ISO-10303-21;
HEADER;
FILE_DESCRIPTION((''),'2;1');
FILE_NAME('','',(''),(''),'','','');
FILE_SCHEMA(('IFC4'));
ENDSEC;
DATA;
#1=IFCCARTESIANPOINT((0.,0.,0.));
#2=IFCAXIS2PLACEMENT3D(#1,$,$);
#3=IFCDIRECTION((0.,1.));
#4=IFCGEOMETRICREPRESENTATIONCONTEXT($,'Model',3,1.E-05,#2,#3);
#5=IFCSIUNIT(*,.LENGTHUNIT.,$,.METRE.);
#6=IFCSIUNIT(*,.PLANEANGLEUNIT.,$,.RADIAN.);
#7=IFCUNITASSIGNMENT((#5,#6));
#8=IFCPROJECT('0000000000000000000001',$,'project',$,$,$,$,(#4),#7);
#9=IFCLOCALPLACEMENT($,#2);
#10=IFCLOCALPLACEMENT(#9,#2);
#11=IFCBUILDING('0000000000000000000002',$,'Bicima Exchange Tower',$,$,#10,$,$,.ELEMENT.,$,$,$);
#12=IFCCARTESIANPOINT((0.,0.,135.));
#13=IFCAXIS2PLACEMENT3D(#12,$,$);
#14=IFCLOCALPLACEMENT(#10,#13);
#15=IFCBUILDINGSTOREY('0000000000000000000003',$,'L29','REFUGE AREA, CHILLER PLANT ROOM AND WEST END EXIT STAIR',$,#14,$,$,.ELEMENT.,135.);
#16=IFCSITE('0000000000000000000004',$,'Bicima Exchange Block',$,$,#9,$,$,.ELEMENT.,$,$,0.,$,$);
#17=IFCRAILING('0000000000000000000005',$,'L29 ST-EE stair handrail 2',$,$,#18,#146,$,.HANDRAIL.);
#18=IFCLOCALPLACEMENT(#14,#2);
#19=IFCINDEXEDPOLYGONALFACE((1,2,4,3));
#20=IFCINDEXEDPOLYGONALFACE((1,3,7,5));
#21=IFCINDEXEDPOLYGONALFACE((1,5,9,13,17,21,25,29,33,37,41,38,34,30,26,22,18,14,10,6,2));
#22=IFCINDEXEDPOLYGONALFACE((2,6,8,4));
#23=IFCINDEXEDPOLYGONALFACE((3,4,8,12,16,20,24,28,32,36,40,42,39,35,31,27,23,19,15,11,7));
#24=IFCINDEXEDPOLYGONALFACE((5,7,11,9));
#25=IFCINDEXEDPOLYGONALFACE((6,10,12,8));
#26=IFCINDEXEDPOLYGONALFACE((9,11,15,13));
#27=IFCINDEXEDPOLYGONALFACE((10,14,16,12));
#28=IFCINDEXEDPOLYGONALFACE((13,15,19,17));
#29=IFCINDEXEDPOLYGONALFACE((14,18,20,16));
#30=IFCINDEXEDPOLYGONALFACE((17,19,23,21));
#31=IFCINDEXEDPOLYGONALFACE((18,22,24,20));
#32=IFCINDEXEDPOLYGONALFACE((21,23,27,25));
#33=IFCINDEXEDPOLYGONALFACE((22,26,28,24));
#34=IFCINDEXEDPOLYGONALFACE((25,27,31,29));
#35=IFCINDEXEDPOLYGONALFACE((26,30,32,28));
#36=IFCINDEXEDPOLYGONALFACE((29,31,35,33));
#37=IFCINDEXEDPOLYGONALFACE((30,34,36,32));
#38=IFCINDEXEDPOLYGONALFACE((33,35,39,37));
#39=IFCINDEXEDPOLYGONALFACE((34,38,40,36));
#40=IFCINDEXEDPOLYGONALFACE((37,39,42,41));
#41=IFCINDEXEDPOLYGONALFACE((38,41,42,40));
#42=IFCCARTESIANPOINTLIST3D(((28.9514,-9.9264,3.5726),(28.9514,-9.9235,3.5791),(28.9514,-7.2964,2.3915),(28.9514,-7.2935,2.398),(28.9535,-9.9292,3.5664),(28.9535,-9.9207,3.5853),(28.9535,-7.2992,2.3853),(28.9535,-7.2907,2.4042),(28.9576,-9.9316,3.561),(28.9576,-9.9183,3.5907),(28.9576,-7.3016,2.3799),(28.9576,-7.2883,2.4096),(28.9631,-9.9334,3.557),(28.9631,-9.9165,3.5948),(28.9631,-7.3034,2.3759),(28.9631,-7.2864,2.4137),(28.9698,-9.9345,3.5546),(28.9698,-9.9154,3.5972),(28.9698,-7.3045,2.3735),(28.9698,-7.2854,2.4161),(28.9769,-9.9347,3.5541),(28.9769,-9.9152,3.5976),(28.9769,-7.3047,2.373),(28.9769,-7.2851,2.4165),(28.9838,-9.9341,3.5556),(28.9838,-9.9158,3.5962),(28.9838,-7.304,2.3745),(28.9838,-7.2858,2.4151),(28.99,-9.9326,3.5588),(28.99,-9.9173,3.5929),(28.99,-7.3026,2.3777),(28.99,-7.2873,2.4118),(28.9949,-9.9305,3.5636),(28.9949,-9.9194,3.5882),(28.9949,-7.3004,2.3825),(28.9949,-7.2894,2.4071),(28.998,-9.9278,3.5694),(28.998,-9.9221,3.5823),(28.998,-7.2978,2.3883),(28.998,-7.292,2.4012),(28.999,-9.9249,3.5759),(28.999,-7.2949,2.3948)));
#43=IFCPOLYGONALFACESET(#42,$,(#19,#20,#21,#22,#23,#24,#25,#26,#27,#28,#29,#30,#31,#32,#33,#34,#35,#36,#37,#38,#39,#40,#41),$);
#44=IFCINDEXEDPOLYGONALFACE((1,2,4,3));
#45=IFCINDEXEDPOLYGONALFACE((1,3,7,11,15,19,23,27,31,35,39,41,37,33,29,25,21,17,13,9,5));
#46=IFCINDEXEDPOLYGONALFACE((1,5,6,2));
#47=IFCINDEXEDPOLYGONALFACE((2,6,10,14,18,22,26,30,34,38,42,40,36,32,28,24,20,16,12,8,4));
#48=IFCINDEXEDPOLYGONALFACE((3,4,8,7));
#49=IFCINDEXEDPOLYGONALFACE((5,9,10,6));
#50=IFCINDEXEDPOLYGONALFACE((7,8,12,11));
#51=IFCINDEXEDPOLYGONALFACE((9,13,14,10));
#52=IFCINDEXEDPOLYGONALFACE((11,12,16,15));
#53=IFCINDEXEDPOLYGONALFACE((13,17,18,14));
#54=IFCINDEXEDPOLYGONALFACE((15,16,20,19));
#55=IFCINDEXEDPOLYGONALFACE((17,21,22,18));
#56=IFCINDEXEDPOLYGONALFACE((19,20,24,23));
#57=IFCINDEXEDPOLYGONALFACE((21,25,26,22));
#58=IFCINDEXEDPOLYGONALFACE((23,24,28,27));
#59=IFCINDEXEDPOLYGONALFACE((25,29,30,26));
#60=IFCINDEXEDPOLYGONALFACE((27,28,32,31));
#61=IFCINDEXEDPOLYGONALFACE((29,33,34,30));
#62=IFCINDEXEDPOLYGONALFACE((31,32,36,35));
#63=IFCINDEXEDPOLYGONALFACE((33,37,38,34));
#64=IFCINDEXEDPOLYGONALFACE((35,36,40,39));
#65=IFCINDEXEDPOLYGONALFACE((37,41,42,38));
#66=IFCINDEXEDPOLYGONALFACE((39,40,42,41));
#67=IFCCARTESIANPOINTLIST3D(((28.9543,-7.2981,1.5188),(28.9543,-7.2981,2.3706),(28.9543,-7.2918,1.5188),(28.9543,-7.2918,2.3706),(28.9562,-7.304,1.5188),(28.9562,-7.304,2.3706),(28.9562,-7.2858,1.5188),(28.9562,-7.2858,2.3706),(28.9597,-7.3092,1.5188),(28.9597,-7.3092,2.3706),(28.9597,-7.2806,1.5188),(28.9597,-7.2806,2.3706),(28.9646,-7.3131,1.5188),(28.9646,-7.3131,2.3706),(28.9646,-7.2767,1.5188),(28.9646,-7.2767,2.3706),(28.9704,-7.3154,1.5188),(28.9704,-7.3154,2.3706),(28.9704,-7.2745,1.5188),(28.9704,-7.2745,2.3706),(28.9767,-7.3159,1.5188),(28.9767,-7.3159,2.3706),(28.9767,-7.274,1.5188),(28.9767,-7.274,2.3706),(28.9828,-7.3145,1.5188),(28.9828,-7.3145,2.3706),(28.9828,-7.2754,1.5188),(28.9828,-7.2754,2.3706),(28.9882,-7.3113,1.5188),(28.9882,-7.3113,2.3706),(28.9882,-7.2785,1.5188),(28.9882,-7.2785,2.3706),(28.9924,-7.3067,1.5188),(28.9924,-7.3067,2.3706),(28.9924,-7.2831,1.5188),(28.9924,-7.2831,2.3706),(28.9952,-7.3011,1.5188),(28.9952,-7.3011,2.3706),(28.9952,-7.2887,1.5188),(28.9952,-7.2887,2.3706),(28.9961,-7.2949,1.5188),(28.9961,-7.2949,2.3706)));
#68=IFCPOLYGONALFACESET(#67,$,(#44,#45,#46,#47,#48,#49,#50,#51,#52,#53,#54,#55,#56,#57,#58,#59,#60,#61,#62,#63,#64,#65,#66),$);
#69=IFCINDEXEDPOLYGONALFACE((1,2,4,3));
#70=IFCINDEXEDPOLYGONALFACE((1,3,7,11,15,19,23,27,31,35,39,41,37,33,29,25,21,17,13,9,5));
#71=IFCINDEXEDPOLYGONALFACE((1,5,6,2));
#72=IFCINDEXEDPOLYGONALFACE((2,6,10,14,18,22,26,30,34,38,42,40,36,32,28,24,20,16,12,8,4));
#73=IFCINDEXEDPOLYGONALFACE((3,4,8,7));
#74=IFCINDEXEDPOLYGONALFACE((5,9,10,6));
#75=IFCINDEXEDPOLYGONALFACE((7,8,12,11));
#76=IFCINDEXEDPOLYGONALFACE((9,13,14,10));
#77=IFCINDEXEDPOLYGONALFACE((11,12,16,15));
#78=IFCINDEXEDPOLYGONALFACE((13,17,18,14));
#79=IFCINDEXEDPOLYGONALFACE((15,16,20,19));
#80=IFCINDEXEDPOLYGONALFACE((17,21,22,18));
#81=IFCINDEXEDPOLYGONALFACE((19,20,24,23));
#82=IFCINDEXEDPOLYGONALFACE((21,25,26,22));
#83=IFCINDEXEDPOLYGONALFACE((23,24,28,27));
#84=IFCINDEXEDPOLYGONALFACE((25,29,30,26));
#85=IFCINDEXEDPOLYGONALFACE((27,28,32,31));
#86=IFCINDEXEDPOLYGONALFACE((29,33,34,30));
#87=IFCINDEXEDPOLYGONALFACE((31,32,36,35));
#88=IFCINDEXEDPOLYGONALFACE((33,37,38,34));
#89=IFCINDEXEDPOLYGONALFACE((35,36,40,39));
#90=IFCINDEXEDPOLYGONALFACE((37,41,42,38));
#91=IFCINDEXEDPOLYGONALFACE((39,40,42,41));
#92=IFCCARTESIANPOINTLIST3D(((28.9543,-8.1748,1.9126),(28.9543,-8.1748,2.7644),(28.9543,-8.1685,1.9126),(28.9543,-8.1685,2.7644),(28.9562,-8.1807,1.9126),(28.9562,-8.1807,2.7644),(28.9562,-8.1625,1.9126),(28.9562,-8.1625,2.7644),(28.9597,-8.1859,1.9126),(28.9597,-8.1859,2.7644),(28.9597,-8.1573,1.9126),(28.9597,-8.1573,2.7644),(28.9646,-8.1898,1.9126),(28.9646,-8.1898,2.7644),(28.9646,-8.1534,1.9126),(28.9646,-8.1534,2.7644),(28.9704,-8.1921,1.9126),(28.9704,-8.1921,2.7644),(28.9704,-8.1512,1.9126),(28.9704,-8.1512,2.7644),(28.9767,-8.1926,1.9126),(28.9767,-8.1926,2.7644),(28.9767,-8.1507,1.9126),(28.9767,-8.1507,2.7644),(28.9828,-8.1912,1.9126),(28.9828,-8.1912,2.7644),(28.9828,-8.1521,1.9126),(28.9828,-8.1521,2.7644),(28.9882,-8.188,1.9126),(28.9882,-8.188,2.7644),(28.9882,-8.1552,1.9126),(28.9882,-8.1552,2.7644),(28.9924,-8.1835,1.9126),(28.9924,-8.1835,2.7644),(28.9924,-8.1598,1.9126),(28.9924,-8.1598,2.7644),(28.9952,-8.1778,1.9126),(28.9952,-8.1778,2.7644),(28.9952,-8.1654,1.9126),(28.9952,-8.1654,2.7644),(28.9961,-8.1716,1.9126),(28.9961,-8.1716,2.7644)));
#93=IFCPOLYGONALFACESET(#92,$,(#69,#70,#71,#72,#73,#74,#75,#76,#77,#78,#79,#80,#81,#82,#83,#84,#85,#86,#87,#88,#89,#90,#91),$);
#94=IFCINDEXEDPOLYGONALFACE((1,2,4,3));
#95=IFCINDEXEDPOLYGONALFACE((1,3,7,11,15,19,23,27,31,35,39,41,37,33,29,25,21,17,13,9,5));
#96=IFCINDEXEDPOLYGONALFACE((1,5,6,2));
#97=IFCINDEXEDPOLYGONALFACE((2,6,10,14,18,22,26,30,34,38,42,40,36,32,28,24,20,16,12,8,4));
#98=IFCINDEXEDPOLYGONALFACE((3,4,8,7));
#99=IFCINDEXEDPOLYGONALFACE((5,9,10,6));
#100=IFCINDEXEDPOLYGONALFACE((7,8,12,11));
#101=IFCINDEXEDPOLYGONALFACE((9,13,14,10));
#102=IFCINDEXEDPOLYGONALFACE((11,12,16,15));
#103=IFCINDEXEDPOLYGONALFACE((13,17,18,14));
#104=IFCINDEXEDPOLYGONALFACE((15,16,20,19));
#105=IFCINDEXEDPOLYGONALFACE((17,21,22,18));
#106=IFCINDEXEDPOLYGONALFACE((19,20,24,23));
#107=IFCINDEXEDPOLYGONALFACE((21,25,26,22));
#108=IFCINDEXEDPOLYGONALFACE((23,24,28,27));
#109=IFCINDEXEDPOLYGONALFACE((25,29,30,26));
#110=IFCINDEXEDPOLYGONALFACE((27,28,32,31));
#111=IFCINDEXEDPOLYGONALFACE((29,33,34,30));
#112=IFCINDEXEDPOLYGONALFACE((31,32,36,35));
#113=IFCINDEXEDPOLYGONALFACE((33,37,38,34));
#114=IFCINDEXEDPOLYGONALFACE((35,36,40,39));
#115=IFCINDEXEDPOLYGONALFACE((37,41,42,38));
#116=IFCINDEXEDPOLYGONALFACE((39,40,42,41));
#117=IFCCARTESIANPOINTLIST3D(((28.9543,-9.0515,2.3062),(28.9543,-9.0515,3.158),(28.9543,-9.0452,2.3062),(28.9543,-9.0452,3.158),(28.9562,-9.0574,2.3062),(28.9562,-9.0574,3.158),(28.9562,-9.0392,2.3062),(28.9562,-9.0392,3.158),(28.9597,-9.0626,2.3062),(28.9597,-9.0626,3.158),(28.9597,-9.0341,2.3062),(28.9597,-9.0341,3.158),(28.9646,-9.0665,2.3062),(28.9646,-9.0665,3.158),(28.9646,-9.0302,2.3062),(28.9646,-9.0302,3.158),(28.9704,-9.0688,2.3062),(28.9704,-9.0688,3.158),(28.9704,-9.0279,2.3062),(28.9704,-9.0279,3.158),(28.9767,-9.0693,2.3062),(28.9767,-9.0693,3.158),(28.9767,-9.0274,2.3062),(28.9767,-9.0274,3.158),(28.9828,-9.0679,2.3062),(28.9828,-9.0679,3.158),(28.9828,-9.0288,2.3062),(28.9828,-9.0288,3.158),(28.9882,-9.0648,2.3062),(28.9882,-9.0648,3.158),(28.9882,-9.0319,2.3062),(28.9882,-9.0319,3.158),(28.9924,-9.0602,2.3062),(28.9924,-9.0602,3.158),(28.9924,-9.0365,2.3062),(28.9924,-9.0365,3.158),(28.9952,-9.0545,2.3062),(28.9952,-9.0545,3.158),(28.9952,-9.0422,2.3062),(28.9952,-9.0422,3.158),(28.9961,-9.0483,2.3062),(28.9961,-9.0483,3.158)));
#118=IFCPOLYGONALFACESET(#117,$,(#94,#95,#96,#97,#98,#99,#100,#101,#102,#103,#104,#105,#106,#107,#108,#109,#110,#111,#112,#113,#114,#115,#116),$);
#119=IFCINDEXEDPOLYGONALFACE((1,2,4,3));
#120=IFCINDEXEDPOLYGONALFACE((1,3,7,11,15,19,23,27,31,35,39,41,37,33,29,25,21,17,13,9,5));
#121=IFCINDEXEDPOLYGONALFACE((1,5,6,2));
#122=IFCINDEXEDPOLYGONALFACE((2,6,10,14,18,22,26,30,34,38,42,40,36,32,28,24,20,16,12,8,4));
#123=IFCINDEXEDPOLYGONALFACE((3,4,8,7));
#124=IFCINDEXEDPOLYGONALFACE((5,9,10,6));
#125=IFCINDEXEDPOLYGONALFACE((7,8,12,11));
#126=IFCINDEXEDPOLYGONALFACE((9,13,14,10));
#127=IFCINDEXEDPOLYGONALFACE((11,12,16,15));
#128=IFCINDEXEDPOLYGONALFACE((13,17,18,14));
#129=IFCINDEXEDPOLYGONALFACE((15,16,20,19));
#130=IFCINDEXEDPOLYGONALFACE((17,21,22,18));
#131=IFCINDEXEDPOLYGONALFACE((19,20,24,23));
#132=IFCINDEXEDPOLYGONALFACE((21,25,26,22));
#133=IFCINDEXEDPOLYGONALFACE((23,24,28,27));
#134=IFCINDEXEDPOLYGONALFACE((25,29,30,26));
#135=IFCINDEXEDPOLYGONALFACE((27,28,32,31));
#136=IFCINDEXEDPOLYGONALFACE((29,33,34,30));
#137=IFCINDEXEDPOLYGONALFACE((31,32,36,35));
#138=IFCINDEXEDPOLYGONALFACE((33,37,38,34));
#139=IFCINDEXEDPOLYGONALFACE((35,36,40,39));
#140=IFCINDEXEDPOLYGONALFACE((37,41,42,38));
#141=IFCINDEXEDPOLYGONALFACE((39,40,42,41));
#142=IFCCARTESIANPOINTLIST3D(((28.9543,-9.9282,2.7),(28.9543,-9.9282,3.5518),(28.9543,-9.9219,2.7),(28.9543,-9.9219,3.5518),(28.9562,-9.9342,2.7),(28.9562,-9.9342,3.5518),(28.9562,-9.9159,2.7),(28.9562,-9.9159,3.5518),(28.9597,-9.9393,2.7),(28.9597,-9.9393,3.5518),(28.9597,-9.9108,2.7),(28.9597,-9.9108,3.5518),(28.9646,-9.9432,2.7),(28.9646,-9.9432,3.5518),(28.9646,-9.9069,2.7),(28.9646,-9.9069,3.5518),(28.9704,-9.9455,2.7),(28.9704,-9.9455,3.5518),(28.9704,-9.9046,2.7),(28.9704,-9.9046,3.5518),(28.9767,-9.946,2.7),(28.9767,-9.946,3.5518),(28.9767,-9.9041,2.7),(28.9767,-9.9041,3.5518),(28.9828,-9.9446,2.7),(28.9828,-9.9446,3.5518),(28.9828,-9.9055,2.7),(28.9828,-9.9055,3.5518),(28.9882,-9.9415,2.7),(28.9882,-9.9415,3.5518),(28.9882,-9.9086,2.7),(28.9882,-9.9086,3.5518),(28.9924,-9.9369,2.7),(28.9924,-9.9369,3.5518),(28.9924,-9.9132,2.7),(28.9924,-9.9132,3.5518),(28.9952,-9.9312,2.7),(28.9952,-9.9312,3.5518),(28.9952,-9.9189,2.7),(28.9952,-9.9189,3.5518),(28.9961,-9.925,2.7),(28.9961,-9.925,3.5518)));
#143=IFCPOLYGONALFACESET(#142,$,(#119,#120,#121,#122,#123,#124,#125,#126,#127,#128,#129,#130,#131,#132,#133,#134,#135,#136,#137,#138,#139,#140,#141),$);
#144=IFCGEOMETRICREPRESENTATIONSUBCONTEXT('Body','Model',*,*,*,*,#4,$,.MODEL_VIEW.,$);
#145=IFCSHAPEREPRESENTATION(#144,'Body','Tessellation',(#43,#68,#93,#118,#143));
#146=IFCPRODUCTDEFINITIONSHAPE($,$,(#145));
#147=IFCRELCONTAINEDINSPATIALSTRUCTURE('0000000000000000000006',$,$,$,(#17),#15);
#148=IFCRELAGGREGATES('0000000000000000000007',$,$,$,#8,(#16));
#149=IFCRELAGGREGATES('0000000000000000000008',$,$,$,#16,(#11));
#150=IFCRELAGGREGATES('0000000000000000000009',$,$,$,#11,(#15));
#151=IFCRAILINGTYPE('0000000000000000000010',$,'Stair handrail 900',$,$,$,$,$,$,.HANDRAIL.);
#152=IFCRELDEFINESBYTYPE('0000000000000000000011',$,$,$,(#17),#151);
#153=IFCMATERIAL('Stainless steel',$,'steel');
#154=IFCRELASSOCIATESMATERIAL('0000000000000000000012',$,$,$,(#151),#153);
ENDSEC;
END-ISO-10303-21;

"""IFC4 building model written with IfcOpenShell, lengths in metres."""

from ifc_helpers import new_model, si_unit, direction, frame, origin, origin_2d, place, context, subcontext, project, spatial, circle, extrude, material, type_object, element, save


model = new_model("IFC4")

# Units and contexts
model_context = context("Model", 3, precision=1e-05, world=origin(), true_north=direction((0.0, 1.0)))
body_context = subcontext(model_context, "Body", "Model", "MODEL_VIEW")
ifc_project = project(units=[si_unit("LENGTHUNIT", "METRE"), si_unit("PLANEANGLEUNIT", "RADIAN")], contexts=[model_context])

# Site, building, storey
site_placement = place(None, origin())
site = spatial("IfcSite", under=ifc_project, at=site_placement, Name="Bicima Exchange Block", CompositionType="ELEMENT", RefElevation=0.0)
building_placement = place(site_placement, origin())
building = spatial("IfcBuilding", under=site, at=building_placement, Name="Bicima Exchange Tower", CompositionType="ELEMENT")
storey_placement = place(building_placement, frame((0.0, 0.0, 135.0)))
storey = spatial("IfcBuildingStorey", under=building, at=storey_placement, Name="L29", Description="REFUGE AREA, CHILLER PLANT ROOM AND WEST END EXIT STAIR", CompositionType="ELEMENT", Elevation=135.0)

# Railing
ifc_material_1 = material(Name="Stainless steel", Category="steel")
railing_type_1 = type_object("IfcRailingType", Name="Stair handrail 900", PredefinedType="HANDRAIL", material=ifc_material_1)
railing_1_placement = place(storey_placement, frame((28.9751, -7.2949, 1.5188)))
element("IfcRailing", 1, at=railing_1_placement, inside=storey, type_object=railing_type_1, Name="L29 ST-EE stair handrail 2", PredefinedType="HANDRAIL", context=body_context, shape_type="SweptSolid", body=[
    extrude(circle(Radius=0.0239, at=origin_2d()), frame((0.0, 0.0, 0.876), z_axis=(0.0, -0.912233, 0.409671), x_axis=(1.0, 0.0, 0.0)), (0.0, 0.0, 1.0), 2.8831),
    extrude(circle(Radius=0.021, at=origin_2d()), origin(), (0.0, 0.0, 1.0), 0.8518),
    extrude(circle(Radius=0.021, at=origin_2d()), frame((0.0, -0.8767, 0.3938)), (0.0, 0.0, 1.0), 0.8518),
    extrude(circle(Radius=0.021, at=origin_2d()), frame((0.0, -1.7534, 0.7874)), (0.0, 0.0, 1.0), 0.8518),
    extrude(circle(Radius=0.021, at=origin_2d()), frame((0.0, -2.6301, 1.1812)), (0.0, 0.0, 1.0), 0.8518),
])

save(model, "model.ifc")
